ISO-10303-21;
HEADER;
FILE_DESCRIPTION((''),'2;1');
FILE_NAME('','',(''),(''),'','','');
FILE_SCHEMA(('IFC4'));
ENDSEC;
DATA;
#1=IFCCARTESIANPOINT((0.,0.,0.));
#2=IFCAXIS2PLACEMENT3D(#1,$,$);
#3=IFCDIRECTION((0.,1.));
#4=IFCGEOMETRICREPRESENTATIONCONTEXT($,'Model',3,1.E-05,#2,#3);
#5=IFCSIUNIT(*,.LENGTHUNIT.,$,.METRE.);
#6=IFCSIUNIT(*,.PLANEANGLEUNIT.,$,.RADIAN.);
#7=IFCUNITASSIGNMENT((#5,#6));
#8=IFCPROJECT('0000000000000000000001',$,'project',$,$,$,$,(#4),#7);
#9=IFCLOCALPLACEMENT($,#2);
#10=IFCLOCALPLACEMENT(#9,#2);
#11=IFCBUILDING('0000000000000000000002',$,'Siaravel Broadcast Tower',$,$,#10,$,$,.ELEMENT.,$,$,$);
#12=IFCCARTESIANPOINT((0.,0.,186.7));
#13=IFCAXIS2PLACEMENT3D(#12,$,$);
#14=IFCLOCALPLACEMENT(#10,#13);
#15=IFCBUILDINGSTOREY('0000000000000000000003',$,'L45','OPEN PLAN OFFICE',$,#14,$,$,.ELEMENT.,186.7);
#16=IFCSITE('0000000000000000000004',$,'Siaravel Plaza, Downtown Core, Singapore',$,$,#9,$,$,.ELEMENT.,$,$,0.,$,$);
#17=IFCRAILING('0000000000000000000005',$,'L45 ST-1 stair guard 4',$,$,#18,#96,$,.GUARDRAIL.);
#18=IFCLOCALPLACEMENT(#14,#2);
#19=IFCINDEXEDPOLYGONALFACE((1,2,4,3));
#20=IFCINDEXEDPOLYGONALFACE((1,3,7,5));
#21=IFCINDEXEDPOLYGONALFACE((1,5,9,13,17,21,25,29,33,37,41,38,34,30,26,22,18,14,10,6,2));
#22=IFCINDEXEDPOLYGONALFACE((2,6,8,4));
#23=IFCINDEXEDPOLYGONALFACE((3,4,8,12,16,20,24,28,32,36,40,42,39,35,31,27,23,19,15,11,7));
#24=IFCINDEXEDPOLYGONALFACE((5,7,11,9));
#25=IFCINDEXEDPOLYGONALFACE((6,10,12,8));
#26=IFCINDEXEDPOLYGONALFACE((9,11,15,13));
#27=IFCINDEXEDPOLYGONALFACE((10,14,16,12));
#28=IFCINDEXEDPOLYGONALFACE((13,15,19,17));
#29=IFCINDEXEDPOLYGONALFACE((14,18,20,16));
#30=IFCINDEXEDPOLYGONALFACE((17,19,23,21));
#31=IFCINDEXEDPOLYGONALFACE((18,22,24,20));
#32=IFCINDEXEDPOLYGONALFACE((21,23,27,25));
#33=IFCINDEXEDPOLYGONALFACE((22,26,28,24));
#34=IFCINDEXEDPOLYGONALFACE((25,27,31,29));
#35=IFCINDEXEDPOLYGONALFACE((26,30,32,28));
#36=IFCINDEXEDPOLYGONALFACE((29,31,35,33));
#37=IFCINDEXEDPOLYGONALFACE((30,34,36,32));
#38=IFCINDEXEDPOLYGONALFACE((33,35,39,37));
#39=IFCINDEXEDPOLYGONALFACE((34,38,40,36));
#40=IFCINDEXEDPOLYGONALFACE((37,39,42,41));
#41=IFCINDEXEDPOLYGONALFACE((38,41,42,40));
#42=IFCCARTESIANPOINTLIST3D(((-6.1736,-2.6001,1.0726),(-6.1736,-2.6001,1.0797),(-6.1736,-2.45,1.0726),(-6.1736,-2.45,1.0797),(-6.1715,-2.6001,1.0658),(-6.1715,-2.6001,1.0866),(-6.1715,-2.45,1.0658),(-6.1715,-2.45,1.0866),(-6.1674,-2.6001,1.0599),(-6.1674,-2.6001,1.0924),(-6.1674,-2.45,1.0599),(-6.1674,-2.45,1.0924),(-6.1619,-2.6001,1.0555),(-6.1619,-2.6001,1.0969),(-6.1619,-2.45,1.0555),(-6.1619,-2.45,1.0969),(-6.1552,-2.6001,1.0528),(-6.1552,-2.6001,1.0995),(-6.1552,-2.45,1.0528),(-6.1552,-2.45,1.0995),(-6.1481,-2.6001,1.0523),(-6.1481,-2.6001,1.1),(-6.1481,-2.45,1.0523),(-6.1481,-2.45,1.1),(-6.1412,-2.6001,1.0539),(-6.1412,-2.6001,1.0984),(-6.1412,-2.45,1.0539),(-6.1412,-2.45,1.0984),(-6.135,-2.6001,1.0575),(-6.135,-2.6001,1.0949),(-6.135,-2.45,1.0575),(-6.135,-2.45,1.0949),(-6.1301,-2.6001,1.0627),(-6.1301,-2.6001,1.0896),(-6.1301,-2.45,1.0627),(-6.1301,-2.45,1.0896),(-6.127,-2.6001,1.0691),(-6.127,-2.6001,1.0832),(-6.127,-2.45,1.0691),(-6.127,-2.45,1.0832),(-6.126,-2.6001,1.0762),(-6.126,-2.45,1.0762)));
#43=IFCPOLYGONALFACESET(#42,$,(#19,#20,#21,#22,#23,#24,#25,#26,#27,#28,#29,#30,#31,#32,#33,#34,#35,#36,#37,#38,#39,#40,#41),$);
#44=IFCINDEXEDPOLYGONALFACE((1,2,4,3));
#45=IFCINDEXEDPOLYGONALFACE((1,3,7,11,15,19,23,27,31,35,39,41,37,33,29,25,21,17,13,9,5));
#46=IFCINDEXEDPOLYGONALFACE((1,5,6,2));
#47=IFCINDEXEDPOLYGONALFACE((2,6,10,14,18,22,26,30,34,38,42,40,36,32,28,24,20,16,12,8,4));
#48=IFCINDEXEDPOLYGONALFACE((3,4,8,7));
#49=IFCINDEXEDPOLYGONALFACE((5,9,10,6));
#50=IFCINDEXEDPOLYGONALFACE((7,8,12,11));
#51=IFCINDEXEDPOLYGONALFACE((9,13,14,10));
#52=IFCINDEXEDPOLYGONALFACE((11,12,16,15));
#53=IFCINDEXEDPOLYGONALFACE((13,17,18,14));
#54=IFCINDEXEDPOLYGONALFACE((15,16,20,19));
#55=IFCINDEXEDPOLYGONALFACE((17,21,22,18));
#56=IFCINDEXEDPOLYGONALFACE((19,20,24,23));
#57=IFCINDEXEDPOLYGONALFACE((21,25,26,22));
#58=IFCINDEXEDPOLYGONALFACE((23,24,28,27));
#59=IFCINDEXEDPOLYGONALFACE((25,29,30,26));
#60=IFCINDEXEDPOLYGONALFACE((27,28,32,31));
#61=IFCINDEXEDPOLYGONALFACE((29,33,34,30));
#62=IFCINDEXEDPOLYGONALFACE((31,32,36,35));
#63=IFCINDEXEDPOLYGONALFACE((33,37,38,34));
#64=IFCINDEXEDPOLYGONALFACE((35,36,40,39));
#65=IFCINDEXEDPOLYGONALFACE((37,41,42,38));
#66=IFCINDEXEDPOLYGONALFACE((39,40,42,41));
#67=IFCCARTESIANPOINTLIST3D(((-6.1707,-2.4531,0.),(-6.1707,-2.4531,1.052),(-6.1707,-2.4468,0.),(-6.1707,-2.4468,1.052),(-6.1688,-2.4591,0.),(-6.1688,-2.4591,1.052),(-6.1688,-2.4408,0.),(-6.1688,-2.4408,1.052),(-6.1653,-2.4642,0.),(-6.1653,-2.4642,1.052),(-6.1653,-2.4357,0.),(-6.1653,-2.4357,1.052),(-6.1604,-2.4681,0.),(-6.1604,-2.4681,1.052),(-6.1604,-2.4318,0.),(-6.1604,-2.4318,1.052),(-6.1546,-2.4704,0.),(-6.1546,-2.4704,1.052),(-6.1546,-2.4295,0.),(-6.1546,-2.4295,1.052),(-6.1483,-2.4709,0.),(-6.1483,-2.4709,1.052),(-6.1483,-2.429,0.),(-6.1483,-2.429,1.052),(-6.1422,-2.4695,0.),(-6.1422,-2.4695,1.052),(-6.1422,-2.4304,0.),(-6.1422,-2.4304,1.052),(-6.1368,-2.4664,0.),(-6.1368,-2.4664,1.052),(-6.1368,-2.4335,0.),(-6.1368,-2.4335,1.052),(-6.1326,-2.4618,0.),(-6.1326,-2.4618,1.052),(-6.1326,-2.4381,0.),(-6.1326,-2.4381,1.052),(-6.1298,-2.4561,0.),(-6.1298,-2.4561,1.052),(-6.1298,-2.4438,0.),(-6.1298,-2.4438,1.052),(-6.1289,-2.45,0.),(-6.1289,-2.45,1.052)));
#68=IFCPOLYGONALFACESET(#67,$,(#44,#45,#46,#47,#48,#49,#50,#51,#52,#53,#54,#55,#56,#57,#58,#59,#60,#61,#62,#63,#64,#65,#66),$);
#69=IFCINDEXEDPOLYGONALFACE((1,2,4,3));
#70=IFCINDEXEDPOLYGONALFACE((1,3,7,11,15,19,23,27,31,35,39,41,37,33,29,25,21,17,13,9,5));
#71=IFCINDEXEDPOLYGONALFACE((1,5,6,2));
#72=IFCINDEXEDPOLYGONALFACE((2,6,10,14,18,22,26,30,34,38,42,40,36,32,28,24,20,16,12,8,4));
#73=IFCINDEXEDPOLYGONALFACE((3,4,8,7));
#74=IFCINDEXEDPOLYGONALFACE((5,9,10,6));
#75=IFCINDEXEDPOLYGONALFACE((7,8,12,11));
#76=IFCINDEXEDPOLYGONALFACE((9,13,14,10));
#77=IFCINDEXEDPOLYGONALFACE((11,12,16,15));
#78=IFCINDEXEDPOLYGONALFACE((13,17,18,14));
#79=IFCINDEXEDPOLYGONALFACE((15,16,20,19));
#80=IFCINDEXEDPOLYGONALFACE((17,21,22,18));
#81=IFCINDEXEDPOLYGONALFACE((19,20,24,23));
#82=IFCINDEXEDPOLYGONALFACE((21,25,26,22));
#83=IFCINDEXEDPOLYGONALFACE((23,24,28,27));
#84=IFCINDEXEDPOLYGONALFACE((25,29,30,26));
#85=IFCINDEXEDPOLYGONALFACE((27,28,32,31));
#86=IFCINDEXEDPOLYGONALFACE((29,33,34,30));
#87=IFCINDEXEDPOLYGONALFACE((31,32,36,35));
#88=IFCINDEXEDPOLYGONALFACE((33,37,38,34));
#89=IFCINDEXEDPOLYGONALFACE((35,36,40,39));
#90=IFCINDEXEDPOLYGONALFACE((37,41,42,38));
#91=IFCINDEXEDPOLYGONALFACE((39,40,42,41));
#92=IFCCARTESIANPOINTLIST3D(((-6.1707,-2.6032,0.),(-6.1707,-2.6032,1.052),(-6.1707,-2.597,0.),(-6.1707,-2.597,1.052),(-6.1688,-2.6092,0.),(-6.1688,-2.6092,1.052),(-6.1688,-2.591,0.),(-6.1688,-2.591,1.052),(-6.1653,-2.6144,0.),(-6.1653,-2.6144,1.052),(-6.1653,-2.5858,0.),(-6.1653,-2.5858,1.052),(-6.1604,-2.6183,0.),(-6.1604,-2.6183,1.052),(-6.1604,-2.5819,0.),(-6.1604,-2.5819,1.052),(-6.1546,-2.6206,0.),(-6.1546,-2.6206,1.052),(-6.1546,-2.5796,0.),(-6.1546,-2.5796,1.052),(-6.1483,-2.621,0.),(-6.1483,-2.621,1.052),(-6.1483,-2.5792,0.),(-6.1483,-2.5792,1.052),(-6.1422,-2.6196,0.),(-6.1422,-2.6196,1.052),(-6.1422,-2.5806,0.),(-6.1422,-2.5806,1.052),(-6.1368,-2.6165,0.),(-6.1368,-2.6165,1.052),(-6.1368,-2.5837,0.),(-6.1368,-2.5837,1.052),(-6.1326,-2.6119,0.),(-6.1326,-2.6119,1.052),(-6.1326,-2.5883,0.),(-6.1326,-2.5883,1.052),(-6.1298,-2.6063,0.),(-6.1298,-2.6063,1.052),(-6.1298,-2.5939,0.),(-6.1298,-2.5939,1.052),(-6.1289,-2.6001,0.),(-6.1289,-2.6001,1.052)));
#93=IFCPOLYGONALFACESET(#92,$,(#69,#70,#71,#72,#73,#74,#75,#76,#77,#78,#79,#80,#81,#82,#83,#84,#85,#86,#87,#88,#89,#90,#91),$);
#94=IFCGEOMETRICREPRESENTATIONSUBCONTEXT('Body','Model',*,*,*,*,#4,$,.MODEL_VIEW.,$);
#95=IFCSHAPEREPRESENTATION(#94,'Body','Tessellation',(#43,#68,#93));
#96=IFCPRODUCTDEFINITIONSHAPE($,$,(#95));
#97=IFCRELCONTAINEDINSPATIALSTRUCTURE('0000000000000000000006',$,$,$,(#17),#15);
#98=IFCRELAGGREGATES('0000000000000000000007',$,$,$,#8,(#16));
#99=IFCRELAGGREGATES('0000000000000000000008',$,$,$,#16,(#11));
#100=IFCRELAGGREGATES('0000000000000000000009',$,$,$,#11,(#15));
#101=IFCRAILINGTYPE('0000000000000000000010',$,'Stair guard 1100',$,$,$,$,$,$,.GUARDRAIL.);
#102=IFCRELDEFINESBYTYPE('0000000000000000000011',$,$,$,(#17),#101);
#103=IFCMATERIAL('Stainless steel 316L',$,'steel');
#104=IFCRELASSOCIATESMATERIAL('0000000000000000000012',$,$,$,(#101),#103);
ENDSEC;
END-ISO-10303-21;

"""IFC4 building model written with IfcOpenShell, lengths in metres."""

from ifc_helpers import new_model, si_unit, direction, frame, origin, origin_2d, place, context, subcontext, project, spatial, circle, extrude, material, type_object, element, save


model = new_model("IFC4")

# Units and contexts
model_context = context("Model", 3, precision=1e-05, world=origin(), true_north=direction((0.0, 1.0)))
body_context = subcontext(model_context, "Body", "Model", "MODEL_VIEW")
ifc_project = project(units=[si_unit("LENGTHUNIT", "METRE"), si_unit("PLANEANGLEUNIT", "RADIAN")], contexts=[model_context])

# Site, building, storey
site_placement = place(None, origin())
site = spatial("IfcSite", under=ifc_project, at=site_placement, Name="Siaravel Plaza, Downtown Core, Singapore", CompositionType="ELEMENT", RefElevation=0.0)
building_placement = place(site_placement, origin())
building = spatial("IfcBuilding", under=site, at=building_placement, Name="Siaravel Broadcast Tower", CompositionType="ELEMENT")
storey_placement = place(building_placement, frame((0.0, 0.0, 186.7)))
storey = spatial("IfcBuildingStorey", under=building, at=storey_placement, Name="L45", Description="OPEN PLAN OFFICE", CompositionType="ELEMENT", Elevation=186.7)

# Shared definitions
ifc_material_1 = material(Name="Stainless steel 316L", Category="steel")

# Railing
railing_type_1 = type_object("IfcRailingType", Name="Stair guard 1100", PredefinedType="GUARDRAIL", material=ifc_material_1)
railing_1_placement = place(storey_placement, frame((-6.1499, -2.45, 0.0)))
element("IfcRailing", 1, at=railing_1_placement, inside=storey, type_object=railing_type_1, Name="L45 ST-1 stair guard 4", PredefinedType="GUARDRAIL", context=body_context, shape_type="SweptSolid", body=[
    extrude(circle(Radius=0.0239, at=origin_2d()), frame((0.0, 0.0, 1.0762), z_axis=(0.0, -1.0, 0.0), x_axis=(1.0, 0.0, 0.0)), (0.0, 0.0, 1.0), 0.1501),
    extrude(circle(Radius=0.021, at=origin_2d()), origin(), (0.0, 0.0, 1.0), 1.052),
    extrude(circle(Radius=0.021, at=origin_2d()), frame((0.0, -0.1501, 0.0)), (0.0, 0.0, 1.0), 1.052),
])

save(model, "model.ifc")
